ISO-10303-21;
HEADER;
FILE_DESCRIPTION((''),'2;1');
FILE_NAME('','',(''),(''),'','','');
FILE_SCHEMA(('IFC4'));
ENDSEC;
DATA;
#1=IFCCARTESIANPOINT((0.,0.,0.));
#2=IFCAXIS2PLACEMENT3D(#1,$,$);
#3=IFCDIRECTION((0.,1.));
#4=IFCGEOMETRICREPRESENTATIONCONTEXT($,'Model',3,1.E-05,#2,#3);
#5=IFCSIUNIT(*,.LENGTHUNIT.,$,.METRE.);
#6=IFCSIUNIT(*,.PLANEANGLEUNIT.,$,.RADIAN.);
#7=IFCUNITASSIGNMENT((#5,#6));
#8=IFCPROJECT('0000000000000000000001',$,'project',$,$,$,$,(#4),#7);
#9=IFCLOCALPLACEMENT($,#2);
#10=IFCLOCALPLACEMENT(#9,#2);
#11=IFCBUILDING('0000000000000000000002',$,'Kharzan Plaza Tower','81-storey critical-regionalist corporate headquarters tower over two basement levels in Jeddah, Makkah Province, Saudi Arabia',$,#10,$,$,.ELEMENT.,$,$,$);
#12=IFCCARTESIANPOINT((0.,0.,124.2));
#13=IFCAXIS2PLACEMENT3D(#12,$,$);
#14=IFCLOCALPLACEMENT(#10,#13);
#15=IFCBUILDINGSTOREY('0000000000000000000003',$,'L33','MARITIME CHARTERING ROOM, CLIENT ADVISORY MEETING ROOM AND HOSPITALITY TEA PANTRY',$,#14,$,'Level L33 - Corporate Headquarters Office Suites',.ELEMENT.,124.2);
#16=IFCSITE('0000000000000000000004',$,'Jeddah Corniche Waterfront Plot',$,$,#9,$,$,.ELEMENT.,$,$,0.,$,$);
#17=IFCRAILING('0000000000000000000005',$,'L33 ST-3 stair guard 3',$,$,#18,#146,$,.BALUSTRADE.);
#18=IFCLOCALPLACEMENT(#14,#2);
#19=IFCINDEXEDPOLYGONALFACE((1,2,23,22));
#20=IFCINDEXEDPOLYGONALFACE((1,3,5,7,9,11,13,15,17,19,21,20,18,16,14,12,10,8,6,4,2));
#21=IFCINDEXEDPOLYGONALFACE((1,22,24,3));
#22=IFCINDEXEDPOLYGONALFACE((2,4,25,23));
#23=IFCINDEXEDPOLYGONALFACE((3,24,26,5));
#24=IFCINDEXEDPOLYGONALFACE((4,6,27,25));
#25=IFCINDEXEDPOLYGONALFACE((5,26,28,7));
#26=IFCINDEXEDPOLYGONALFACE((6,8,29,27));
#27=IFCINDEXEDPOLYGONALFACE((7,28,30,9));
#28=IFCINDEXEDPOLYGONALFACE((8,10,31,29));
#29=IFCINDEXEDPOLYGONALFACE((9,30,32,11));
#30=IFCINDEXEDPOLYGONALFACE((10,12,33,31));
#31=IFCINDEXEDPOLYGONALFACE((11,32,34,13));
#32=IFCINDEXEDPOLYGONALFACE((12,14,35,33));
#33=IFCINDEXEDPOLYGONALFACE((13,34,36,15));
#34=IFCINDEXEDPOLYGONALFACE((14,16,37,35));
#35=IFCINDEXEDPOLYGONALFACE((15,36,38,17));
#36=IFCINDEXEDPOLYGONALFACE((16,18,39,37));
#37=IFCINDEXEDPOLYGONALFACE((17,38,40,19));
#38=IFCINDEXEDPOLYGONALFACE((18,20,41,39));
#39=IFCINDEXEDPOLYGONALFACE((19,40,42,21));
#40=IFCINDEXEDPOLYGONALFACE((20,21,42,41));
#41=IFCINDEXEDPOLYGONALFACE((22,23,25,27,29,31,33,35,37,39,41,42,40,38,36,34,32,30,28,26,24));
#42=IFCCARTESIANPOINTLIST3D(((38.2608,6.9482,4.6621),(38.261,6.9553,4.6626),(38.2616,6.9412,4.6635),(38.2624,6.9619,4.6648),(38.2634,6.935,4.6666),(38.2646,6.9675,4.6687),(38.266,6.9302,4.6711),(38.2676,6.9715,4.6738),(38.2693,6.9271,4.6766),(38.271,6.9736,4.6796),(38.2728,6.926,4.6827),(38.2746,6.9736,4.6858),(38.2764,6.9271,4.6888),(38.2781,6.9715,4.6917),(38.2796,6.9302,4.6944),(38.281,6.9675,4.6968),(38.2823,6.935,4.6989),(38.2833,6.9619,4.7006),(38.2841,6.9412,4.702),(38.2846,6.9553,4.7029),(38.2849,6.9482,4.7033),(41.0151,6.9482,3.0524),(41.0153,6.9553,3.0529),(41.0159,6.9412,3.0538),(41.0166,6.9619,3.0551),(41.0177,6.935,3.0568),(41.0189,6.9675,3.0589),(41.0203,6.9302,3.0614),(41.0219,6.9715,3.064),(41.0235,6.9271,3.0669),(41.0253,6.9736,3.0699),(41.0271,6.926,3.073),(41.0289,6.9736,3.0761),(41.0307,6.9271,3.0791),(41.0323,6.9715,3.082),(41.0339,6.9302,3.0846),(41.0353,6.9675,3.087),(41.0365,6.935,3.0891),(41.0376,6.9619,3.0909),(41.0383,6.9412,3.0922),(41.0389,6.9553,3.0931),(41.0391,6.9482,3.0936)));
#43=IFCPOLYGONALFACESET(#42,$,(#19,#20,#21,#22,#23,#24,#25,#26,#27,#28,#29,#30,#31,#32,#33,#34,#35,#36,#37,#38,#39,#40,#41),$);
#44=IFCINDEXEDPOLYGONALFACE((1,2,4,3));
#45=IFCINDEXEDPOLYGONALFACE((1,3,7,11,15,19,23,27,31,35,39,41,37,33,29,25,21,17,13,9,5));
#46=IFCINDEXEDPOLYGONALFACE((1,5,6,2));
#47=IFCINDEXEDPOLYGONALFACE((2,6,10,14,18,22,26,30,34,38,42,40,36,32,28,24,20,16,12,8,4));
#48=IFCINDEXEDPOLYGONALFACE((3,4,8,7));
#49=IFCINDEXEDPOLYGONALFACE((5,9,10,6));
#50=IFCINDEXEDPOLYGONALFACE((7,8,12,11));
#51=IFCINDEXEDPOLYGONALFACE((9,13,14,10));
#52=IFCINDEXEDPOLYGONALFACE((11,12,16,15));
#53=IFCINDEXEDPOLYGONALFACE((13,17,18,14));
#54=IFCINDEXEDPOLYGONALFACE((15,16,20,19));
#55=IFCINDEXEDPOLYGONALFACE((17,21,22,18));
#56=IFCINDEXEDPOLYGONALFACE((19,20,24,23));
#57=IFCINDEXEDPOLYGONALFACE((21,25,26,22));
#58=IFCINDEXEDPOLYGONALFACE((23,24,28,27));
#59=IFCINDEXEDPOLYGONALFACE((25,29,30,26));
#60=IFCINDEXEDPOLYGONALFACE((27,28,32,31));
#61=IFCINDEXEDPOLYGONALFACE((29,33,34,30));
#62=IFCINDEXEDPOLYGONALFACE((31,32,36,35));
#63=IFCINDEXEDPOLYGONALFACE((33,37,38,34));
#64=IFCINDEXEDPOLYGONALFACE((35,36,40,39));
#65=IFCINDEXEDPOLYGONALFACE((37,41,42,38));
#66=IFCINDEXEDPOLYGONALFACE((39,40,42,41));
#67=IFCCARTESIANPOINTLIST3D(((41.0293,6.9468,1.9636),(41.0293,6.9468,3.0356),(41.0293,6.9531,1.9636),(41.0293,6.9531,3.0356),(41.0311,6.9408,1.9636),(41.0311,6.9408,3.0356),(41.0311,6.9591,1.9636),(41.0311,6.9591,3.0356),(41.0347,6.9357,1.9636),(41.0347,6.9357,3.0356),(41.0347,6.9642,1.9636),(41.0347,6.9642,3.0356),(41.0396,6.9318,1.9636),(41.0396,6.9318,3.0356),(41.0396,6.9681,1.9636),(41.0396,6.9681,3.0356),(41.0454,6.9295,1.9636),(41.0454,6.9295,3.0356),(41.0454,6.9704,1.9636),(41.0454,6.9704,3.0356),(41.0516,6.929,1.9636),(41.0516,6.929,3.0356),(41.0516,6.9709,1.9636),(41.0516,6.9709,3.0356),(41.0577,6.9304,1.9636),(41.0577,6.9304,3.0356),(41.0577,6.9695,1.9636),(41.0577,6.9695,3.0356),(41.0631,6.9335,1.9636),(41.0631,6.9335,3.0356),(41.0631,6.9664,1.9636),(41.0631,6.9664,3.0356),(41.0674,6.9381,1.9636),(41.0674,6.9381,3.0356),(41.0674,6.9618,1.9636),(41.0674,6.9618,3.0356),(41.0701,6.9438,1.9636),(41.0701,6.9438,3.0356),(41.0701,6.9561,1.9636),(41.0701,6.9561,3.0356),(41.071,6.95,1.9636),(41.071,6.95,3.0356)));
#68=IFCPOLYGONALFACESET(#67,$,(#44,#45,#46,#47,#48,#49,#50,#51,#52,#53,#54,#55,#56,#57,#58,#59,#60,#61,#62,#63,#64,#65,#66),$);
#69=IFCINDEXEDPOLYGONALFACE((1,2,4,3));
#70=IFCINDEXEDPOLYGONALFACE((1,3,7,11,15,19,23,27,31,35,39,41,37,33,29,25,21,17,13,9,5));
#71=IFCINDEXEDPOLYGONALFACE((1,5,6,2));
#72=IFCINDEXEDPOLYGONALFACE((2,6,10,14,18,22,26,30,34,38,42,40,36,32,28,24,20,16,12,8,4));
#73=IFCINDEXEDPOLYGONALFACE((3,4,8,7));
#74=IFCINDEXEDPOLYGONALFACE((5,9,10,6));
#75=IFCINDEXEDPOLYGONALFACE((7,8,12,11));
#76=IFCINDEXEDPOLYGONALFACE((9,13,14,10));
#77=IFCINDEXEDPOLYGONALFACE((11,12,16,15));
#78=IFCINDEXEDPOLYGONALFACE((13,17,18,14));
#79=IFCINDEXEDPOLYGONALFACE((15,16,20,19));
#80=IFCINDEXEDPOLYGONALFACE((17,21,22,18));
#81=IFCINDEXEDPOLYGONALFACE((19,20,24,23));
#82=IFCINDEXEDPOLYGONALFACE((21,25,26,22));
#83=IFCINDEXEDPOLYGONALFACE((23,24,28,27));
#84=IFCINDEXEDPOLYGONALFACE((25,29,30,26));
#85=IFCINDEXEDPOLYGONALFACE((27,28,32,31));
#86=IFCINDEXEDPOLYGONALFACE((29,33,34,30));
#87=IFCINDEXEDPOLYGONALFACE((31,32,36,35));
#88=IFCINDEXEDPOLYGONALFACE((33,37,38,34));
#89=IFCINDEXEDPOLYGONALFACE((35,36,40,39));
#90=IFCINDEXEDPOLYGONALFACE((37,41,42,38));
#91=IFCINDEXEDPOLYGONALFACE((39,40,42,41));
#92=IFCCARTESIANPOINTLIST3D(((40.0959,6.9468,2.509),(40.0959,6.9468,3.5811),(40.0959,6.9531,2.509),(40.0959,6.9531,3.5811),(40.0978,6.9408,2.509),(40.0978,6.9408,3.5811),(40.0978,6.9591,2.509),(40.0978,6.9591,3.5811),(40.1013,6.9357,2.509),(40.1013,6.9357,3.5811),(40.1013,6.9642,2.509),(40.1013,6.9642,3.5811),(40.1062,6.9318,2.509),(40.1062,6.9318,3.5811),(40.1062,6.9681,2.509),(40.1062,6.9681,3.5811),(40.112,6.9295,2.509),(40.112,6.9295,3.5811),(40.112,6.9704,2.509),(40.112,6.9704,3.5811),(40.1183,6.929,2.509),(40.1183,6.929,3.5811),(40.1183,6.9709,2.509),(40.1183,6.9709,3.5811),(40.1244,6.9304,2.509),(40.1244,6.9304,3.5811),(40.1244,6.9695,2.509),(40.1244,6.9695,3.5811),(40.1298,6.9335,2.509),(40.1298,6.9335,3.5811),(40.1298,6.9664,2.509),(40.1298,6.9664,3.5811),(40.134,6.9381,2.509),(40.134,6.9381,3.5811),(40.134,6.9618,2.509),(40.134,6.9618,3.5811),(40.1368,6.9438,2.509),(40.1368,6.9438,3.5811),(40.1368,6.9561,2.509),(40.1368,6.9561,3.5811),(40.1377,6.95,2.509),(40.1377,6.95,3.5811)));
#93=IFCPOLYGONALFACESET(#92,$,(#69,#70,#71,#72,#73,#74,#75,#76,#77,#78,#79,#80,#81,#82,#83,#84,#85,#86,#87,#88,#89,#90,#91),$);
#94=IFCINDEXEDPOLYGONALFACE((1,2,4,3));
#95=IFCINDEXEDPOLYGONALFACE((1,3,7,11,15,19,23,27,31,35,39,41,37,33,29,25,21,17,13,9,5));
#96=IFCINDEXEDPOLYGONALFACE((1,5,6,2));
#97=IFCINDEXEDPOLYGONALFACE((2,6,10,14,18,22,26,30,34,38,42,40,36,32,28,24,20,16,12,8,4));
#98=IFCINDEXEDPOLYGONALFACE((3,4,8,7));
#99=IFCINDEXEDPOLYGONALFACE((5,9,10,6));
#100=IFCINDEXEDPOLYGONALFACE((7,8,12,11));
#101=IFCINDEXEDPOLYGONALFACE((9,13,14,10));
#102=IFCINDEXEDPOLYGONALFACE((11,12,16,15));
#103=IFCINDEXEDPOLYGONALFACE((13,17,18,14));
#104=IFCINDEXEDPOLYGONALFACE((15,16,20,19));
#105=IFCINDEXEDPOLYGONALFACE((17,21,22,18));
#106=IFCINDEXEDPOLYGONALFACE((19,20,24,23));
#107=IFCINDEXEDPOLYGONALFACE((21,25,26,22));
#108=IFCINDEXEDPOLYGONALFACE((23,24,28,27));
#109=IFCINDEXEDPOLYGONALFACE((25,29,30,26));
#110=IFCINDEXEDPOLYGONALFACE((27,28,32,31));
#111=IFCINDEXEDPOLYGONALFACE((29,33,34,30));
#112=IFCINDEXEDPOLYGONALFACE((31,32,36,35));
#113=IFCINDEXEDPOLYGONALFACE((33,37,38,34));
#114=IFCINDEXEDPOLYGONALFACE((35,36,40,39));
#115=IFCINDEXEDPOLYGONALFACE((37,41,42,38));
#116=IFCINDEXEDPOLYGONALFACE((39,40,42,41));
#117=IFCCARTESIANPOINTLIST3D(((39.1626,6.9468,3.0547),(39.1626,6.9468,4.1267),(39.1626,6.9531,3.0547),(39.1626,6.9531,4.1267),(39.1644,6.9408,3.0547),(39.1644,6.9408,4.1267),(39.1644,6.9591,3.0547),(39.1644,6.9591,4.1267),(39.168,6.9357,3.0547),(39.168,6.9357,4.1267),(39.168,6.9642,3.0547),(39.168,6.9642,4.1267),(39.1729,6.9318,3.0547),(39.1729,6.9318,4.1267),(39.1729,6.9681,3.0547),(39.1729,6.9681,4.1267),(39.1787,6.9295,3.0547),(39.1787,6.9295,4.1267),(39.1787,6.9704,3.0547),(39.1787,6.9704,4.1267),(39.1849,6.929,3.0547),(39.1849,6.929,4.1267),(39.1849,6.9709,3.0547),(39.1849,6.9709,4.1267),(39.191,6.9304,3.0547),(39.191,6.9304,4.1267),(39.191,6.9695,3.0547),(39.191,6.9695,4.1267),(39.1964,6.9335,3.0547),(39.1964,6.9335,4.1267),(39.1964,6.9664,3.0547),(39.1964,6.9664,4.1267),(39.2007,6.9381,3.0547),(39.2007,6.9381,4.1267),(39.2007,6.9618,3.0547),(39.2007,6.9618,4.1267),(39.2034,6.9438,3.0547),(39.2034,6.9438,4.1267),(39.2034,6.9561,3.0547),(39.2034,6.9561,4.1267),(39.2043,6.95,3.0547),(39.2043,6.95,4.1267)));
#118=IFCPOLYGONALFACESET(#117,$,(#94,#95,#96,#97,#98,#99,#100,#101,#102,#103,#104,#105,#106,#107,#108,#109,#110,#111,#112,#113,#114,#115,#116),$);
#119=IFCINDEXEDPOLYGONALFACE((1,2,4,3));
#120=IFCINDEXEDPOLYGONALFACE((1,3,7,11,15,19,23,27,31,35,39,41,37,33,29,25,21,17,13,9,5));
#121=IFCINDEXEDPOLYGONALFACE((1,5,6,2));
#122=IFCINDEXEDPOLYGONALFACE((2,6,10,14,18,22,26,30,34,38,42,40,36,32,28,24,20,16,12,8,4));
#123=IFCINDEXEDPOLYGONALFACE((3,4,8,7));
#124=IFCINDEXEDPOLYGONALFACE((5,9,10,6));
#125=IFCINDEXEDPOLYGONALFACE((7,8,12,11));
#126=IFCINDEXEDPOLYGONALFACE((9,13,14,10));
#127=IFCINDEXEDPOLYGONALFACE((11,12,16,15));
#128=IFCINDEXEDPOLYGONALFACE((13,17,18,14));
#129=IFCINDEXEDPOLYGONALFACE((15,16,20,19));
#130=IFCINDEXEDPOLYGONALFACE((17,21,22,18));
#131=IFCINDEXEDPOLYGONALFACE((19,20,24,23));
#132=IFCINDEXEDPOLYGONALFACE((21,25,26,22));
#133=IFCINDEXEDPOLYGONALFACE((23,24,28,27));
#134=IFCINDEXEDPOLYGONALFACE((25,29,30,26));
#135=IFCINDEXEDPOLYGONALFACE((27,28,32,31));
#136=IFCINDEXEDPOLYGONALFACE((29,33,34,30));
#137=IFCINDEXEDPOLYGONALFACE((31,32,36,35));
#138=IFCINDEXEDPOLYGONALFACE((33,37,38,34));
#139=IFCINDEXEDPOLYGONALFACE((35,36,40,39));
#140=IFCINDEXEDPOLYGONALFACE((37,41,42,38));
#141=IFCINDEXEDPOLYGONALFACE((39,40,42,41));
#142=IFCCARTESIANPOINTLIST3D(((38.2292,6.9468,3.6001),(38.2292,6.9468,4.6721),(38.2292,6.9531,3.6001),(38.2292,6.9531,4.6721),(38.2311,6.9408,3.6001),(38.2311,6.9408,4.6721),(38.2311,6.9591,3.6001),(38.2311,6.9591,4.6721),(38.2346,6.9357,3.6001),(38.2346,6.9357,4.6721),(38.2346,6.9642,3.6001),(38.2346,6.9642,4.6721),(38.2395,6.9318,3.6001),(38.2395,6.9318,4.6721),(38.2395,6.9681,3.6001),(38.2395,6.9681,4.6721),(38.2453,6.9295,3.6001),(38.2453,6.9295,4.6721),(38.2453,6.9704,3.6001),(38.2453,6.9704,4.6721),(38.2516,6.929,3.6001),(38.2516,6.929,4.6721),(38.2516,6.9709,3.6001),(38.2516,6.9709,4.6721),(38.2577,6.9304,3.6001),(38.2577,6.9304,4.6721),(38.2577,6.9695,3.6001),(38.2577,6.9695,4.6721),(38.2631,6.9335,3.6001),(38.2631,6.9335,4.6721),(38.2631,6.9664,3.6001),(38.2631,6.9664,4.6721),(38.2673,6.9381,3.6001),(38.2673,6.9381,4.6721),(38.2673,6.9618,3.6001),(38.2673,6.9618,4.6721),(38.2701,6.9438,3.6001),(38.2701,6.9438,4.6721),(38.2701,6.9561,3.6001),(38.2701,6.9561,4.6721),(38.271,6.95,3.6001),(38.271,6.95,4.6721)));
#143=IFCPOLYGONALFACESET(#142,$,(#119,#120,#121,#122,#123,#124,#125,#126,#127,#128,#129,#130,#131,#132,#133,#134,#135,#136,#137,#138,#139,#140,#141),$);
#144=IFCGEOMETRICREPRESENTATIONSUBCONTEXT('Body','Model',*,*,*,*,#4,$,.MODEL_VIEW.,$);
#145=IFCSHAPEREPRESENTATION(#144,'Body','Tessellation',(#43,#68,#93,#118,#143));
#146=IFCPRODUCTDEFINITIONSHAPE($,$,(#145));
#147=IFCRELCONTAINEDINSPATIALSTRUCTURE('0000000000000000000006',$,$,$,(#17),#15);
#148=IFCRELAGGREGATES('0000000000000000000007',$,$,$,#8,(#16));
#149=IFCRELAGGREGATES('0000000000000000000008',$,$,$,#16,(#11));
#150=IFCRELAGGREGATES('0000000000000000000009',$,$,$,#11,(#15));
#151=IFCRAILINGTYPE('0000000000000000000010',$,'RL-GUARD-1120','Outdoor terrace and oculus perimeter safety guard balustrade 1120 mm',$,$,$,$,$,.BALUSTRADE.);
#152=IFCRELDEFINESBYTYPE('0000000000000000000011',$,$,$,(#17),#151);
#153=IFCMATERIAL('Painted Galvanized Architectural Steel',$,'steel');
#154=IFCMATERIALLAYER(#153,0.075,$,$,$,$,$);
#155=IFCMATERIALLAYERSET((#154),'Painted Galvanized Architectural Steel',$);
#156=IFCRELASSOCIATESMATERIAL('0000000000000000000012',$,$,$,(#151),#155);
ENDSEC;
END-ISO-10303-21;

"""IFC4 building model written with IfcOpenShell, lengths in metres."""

from ifc_helpers import new_model, si_unit, direction, frame, origin, origin_2d, place, context, subcontext, project, spatial, circle, extrude, source, transform, mapped, material, layer, layer_set, type_object, element, save


model = new_model("IFC4")

# Units and contexts
model_context = context("Model", 3, precision=1e-05, world=origin(), true_north=direction((0.0, 1.0)))
body_context = subcontext(model_context, "Body", "Model", "MODEL_VIEW")
ifc_project = project(units=[si_unit("LENGTHUNIT", "METRE"), si_unit("PLANEANGLEUNIT", "RADIAN")], contexts=[model_context])

# Site, building, storey
site_placement = place(None, origin())
site = spatial("IfcSite", under=ifc_project, at=site_placement, Name="Jeddah Corniche Waterfront Plot", CompositionType="ELEMENT", RefElevation=0.0)
building_placement = place(site_placement, origin())
building = spatial("IfcBuilding", under=site, at=building_placement, Name="Kharzan Plaza Tower", Description="81-storey critical-regionalist corporate headquarters tower over two basement levels in Jeddah, Makkah Province, Saudi Arabia", CompositionType="ELEMENT")
storey_placement = place(building_placement, frame((0.0, 0.0, 124.2)))
storey = spatial("IfcBuildingStorey", under=building, at=storey_placement, Name="L33", Description="MARITIME CHARTERING ROOM, CLIENT ADVISORY MEETING ROOM AND HOSPITALITY TEA PANTRY", LongName="Level L33 - Corporate Headquarters Office Suites", CompositionType="ELEMENT", Elevation=124.2)

# Railing
ifc_material_1 = material(Name="Painted Galvanized Architectural Steel", Category="steel")
ifc_layer_1 = layer(ifc_material_1, 0.075)
ifc_layer_set_1 = layer_set([ifc_layer_1], Name="Painted Galvanized Architectural Steel")
railing_type_1 = type_object("IfcRailingType", Name="RL-GUARD-1120", Description="Outdoor terrace and oculus perimeter safety guard balustrade 1120 mm", PredefinedType="BALUSTRADE", material=ifc_layer_set_1)
shared_shape_1 = source(origin(), body_context, "Body", "SweptSolid", [
    extrude(circle(Radius=0.0239, at=origin_2d()), frame((-0.0229, 0.0, 1.1094), z_axis=(-0.863361, 0.0, 0.504587), x_axis=(0.0, -1.0, 0.0)), (0.0, 0.0, 1.0), 3.1902),
    extrude(circle(Radius=0.021, at=origin_2d()), origin(), (0.0, 0.0, 1.0), 1.072),
    extrude(circle(Radius=0.021, at=origin_2d()), frame((-0.9333, 0.0, 0.5454)), (0.0, 0.0, 1.0), 1.072),
    extrude(circle(Radius=0.021, at=origin_2d()), frame((-1.8667, 0.0, 1.0911)), (0.0, 0.0, 1.0), 1.072),
    extrude(circle(Radius=0.021, at=origin_2d()), frame((-2.8, 0.0, 1.6365)), (0.0, 0.0, 1.0), 1.072),
])
railing_1_placement = place(storey_placement, frame((41.05, 6.95, 1.9636)))
element("IfcRailing", 1, at=railing_1_placement, inside=storey, type_object=railing_type_1, Name="L33 ST-3 stair guard 3", PredefinedType="BALUSTRADE", context=body_context, shape_type="MappedRepresentation", body=[
    mapped(shared_shape_1, transform((0.0, 0.0, 0.0), x_axis=(1.0, 0.0, 0.0), y_axis=(0.0, 1.0, 0.0), z_axis=(0.0, 0.0, 1.0))),
])

save(model, "model.ifc")
